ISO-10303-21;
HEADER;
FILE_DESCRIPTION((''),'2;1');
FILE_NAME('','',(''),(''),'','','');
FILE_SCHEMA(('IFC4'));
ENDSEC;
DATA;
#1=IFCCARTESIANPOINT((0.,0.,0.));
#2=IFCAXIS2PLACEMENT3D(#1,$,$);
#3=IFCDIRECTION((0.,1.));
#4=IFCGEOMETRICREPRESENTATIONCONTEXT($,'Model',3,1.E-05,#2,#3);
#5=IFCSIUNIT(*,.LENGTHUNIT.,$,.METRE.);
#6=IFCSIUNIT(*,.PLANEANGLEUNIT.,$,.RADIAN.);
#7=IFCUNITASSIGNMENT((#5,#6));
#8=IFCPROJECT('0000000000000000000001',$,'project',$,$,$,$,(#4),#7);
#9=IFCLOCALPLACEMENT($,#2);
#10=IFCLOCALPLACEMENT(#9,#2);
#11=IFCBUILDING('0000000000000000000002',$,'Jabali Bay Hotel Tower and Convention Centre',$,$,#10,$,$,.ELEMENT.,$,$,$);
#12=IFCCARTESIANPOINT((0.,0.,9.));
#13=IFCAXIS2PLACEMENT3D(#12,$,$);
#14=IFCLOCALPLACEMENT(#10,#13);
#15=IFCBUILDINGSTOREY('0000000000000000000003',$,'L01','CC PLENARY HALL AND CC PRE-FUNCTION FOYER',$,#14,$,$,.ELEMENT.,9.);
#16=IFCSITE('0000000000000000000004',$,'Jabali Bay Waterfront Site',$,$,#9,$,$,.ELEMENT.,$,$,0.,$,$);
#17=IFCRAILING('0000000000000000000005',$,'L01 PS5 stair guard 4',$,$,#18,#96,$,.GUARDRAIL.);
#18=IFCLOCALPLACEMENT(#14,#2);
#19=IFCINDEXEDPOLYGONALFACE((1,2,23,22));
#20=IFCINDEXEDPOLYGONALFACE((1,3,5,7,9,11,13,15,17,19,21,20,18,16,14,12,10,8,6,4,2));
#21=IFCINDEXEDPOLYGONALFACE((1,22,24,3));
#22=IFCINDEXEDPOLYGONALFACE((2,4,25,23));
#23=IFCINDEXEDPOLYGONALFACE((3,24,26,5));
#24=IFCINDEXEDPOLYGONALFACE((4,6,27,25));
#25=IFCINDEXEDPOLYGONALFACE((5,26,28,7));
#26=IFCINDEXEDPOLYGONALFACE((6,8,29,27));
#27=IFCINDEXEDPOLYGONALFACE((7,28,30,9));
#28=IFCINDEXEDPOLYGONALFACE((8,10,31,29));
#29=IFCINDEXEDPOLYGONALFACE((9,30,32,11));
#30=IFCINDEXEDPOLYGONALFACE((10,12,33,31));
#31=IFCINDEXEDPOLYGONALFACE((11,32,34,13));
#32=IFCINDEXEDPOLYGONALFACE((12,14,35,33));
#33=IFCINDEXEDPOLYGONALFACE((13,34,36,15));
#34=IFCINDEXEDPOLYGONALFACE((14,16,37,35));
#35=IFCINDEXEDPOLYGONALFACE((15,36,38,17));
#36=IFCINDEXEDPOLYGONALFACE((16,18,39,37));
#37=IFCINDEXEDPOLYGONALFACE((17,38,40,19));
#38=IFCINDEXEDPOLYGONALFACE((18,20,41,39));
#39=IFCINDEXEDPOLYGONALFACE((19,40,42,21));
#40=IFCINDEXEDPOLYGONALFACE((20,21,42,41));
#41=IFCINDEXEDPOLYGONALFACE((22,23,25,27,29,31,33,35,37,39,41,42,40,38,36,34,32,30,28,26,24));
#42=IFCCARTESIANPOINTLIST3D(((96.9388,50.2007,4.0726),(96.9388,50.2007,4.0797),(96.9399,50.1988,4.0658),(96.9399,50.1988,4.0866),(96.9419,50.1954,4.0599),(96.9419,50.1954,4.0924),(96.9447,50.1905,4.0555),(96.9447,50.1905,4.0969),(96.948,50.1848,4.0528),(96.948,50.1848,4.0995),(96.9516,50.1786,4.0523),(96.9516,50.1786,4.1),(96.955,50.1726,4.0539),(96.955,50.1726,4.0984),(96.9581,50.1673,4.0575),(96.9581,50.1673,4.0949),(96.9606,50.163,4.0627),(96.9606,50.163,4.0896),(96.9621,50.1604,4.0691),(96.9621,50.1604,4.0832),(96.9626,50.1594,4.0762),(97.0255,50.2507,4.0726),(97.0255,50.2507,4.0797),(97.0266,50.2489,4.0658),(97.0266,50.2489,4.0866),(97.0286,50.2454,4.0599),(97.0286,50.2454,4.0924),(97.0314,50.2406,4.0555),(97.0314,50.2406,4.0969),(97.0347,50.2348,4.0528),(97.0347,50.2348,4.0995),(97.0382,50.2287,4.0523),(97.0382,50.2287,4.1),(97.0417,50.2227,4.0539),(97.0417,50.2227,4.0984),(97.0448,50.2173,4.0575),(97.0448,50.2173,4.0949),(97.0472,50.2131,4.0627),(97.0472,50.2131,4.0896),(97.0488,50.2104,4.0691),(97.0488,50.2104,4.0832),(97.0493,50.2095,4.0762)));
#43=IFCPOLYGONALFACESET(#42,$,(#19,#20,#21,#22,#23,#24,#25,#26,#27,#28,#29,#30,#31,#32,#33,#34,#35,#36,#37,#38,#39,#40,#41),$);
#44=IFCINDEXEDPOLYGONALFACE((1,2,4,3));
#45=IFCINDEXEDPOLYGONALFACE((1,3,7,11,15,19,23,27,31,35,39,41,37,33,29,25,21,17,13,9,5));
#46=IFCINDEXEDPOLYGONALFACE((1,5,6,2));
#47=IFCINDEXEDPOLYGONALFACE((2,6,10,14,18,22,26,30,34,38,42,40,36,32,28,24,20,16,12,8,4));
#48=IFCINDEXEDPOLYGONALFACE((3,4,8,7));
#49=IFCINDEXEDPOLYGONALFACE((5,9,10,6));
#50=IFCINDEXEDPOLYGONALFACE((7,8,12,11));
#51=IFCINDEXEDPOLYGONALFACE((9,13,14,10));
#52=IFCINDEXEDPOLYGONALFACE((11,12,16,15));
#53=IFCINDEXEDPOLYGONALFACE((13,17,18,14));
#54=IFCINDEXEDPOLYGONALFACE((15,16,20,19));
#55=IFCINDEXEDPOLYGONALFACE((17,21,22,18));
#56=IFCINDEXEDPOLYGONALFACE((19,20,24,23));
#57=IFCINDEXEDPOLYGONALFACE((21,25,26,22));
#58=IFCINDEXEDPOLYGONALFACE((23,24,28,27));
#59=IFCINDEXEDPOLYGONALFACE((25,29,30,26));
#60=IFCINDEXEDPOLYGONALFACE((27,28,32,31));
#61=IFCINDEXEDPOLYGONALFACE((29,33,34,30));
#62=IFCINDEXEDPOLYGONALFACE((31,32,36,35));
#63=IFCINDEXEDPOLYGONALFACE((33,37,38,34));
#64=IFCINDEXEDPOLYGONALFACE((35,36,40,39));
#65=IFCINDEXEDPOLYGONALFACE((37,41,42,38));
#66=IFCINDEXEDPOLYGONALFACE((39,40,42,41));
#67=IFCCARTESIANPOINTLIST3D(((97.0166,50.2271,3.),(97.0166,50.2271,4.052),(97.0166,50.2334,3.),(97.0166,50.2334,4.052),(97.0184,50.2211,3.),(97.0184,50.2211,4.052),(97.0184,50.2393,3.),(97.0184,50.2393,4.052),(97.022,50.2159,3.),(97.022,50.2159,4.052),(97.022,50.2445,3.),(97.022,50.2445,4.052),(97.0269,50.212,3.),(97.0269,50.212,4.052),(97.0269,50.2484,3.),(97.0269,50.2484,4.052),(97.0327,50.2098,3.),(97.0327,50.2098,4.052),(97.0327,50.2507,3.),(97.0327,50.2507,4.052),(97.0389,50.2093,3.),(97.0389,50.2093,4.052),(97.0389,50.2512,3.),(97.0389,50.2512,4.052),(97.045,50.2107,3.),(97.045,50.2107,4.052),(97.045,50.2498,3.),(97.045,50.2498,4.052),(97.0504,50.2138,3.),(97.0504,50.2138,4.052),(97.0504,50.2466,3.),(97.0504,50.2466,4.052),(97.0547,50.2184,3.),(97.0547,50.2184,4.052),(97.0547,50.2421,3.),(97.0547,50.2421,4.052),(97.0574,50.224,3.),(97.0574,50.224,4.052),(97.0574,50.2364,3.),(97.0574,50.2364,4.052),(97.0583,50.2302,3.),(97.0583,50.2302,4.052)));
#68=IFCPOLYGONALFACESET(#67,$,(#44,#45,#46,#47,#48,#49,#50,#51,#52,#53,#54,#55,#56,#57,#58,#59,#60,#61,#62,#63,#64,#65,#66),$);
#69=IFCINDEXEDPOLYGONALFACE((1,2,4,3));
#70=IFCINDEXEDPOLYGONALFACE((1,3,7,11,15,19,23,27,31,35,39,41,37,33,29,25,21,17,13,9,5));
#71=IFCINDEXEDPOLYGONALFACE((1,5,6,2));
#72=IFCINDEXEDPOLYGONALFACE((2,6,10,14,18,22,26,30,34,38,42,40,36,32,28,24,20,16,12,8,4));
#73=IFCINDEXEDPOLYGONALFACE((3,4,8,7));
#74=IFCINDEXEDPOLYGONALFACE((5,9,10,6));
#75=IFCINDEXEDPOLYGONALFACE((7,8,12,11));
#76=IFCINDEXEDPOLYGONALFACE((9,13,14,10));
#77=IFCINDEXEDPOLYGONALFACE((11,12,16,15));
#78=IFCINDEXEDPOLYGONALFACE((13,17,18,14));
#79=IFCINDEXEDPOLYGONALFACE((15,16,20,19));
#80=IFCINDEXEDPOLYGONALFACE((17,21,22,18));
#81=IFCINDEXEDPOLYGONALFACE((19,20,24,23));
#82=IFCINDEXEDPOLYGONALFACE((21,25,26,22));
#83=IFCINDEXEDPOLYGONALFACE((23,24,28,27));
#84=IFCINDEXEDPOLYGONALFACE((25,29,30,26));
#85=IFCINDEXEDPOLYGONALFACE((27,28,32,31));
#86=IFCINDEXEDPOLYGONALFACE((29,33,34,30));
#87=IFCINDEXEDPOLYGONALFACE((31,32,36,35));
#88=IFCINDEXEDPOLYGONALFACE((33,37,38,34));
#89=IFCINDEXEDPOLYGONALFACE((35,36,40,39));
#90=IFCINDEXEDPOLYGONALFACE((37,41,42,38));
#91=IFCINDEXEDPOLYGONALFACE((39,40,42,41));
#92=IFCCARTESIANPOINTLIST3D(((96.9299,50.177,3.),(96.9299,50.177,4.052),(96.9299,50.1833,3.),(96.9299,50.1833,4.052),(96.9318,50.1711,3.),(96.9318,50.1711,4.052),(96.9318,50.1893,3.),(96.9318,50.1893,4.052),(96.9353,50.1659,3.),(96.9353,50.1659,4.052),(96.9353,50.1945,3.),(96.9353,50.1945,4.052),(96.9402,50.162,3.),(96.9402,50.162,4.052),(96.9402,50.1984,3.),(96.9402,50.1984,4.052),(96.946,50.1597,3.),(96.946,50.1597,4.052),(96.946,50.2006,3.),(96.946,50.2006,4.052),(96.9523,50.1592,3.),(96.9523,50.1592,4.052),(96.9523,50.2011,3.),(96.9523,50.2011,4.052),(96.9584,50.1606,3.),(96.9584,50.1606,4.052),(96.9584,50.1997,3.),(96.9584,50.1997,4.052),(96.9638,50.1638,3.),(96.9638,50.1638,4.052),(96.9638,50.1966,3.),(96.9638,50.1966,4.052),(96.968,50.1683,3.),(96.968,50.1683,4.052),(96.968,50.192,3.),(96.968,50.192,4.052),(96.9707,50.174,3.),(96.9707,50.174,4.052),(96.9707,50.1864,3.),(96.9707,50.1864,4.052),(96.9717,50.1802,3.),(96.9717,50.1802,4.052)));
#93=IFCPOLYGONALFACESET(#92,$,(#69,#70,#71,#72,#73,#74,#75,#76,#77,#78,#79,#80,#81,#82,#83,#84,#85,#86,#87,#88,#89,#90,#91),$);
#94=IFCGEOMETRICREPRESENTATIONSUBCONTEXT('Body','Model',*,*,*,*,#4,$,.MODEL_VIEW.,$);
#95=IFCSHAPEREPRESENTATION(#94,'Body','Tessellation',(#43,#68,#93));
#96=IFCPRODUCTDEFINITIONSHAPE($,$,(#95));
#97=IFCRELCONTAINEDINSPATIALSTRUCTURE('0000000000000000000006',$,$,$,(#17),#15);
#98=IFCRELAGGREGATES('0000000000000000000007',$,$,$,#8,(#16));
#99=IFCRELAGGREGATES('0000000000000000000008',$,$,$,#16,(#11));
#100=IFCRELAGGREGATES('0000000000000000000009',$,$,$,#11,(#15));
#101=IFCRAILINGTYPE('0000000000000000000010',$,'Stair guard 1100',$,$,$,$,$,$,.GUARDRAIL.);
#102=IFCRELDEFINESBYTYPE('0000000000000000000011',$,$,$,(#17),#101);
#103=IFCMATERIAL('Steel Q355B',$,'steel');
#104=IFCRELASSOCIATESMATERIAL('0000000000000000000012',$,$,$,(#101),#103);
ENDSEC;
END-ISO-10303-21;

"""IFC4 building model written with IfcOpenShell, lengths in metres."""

from ifc_helpers import new_model, si_unit, direction, frame, origin, origin_2d, place, context, subcontext, project, spatial, circle, extrude, material, type_object, element, save


model = new_model("IFC4")

# Units and contexts
model_context = context("Model", 3, precision=1e-05, world=origin(), true_north=direction((0.0, 1.0)))
body_context = subcontext(model_context, "Body", "Model", "MODEL_VIEW")
ifc_project = project(units=[si_unit("LENGTHUNIT", "METRE"), si_unit("PLANEANGLEUNIT", "RADIAN")], contexts=[model_context])

# Site, building, storey
site_placement = place(None, origin())
site = spatial("IfcSite", under=ifc_project, at=site_placement, Name="Jabali Bay Waterfront Site", CompositionType="ELEMENT", RefElevation=0.0)
building_placement = place(site_placement, origin())
building = spatial("IfcBuilding", under=site, at=building_placement, Name="Jabali Bay Hotel Tower and Convention Centre", CompositionType="ELEMENT")
storey_placement = place(building_placement, frame((0.0, 0.0, 9.0)))
storey = spatial("IfcBuildingStorey", under=building, at=storey_placement, Name="L01", Description="CC PLENARY HALL AND CC PRE-FUNCTION FOYER", CompositionType="ELEMENT", Elevation=9.0)

# Railing
ifc_material_1 = material(Name="Steel Q355B", Category="steel")
railing_type_1 = type_object("IfcRailingType", Name="Stair guard 1100", PredefinedType="GUARDRAIL", material=ifc_material_1)
railing_1_placement = place(storey_placement, frame((97.0374, 50.2302, 3.0)))
element("IfcRailing", 1, at=railing_1_placement, inside=storey, type_object=railing_type_1, Name="L01 PS5 stair guard 4", PredefinedType="GUARDRAIL", context=body_context, shape_type="SweptSolid", body=[
    extrude(circle(Radius=0.0239, at=origin_2d()), frame((0.0, 0.0, 1.0762), z_axis=(-0.865982, -0.500074, 0.0), x_axis=(0.500074, -0.865982, 0.0)), (0.0, 0.0, 1.0), 0.1001),
    extrude(circle(Radius=0.021, at=origin_2d()), origin(), (0.0, 0.0, 1.0), 1.052),
    extrude(circle(Radius=0.021, at=origin_2d()), frame((-0.0867, -0.05, 0.0)), (0.0, 0.0, 1.0), 1.052),
])

save(model, "model.ifc")
